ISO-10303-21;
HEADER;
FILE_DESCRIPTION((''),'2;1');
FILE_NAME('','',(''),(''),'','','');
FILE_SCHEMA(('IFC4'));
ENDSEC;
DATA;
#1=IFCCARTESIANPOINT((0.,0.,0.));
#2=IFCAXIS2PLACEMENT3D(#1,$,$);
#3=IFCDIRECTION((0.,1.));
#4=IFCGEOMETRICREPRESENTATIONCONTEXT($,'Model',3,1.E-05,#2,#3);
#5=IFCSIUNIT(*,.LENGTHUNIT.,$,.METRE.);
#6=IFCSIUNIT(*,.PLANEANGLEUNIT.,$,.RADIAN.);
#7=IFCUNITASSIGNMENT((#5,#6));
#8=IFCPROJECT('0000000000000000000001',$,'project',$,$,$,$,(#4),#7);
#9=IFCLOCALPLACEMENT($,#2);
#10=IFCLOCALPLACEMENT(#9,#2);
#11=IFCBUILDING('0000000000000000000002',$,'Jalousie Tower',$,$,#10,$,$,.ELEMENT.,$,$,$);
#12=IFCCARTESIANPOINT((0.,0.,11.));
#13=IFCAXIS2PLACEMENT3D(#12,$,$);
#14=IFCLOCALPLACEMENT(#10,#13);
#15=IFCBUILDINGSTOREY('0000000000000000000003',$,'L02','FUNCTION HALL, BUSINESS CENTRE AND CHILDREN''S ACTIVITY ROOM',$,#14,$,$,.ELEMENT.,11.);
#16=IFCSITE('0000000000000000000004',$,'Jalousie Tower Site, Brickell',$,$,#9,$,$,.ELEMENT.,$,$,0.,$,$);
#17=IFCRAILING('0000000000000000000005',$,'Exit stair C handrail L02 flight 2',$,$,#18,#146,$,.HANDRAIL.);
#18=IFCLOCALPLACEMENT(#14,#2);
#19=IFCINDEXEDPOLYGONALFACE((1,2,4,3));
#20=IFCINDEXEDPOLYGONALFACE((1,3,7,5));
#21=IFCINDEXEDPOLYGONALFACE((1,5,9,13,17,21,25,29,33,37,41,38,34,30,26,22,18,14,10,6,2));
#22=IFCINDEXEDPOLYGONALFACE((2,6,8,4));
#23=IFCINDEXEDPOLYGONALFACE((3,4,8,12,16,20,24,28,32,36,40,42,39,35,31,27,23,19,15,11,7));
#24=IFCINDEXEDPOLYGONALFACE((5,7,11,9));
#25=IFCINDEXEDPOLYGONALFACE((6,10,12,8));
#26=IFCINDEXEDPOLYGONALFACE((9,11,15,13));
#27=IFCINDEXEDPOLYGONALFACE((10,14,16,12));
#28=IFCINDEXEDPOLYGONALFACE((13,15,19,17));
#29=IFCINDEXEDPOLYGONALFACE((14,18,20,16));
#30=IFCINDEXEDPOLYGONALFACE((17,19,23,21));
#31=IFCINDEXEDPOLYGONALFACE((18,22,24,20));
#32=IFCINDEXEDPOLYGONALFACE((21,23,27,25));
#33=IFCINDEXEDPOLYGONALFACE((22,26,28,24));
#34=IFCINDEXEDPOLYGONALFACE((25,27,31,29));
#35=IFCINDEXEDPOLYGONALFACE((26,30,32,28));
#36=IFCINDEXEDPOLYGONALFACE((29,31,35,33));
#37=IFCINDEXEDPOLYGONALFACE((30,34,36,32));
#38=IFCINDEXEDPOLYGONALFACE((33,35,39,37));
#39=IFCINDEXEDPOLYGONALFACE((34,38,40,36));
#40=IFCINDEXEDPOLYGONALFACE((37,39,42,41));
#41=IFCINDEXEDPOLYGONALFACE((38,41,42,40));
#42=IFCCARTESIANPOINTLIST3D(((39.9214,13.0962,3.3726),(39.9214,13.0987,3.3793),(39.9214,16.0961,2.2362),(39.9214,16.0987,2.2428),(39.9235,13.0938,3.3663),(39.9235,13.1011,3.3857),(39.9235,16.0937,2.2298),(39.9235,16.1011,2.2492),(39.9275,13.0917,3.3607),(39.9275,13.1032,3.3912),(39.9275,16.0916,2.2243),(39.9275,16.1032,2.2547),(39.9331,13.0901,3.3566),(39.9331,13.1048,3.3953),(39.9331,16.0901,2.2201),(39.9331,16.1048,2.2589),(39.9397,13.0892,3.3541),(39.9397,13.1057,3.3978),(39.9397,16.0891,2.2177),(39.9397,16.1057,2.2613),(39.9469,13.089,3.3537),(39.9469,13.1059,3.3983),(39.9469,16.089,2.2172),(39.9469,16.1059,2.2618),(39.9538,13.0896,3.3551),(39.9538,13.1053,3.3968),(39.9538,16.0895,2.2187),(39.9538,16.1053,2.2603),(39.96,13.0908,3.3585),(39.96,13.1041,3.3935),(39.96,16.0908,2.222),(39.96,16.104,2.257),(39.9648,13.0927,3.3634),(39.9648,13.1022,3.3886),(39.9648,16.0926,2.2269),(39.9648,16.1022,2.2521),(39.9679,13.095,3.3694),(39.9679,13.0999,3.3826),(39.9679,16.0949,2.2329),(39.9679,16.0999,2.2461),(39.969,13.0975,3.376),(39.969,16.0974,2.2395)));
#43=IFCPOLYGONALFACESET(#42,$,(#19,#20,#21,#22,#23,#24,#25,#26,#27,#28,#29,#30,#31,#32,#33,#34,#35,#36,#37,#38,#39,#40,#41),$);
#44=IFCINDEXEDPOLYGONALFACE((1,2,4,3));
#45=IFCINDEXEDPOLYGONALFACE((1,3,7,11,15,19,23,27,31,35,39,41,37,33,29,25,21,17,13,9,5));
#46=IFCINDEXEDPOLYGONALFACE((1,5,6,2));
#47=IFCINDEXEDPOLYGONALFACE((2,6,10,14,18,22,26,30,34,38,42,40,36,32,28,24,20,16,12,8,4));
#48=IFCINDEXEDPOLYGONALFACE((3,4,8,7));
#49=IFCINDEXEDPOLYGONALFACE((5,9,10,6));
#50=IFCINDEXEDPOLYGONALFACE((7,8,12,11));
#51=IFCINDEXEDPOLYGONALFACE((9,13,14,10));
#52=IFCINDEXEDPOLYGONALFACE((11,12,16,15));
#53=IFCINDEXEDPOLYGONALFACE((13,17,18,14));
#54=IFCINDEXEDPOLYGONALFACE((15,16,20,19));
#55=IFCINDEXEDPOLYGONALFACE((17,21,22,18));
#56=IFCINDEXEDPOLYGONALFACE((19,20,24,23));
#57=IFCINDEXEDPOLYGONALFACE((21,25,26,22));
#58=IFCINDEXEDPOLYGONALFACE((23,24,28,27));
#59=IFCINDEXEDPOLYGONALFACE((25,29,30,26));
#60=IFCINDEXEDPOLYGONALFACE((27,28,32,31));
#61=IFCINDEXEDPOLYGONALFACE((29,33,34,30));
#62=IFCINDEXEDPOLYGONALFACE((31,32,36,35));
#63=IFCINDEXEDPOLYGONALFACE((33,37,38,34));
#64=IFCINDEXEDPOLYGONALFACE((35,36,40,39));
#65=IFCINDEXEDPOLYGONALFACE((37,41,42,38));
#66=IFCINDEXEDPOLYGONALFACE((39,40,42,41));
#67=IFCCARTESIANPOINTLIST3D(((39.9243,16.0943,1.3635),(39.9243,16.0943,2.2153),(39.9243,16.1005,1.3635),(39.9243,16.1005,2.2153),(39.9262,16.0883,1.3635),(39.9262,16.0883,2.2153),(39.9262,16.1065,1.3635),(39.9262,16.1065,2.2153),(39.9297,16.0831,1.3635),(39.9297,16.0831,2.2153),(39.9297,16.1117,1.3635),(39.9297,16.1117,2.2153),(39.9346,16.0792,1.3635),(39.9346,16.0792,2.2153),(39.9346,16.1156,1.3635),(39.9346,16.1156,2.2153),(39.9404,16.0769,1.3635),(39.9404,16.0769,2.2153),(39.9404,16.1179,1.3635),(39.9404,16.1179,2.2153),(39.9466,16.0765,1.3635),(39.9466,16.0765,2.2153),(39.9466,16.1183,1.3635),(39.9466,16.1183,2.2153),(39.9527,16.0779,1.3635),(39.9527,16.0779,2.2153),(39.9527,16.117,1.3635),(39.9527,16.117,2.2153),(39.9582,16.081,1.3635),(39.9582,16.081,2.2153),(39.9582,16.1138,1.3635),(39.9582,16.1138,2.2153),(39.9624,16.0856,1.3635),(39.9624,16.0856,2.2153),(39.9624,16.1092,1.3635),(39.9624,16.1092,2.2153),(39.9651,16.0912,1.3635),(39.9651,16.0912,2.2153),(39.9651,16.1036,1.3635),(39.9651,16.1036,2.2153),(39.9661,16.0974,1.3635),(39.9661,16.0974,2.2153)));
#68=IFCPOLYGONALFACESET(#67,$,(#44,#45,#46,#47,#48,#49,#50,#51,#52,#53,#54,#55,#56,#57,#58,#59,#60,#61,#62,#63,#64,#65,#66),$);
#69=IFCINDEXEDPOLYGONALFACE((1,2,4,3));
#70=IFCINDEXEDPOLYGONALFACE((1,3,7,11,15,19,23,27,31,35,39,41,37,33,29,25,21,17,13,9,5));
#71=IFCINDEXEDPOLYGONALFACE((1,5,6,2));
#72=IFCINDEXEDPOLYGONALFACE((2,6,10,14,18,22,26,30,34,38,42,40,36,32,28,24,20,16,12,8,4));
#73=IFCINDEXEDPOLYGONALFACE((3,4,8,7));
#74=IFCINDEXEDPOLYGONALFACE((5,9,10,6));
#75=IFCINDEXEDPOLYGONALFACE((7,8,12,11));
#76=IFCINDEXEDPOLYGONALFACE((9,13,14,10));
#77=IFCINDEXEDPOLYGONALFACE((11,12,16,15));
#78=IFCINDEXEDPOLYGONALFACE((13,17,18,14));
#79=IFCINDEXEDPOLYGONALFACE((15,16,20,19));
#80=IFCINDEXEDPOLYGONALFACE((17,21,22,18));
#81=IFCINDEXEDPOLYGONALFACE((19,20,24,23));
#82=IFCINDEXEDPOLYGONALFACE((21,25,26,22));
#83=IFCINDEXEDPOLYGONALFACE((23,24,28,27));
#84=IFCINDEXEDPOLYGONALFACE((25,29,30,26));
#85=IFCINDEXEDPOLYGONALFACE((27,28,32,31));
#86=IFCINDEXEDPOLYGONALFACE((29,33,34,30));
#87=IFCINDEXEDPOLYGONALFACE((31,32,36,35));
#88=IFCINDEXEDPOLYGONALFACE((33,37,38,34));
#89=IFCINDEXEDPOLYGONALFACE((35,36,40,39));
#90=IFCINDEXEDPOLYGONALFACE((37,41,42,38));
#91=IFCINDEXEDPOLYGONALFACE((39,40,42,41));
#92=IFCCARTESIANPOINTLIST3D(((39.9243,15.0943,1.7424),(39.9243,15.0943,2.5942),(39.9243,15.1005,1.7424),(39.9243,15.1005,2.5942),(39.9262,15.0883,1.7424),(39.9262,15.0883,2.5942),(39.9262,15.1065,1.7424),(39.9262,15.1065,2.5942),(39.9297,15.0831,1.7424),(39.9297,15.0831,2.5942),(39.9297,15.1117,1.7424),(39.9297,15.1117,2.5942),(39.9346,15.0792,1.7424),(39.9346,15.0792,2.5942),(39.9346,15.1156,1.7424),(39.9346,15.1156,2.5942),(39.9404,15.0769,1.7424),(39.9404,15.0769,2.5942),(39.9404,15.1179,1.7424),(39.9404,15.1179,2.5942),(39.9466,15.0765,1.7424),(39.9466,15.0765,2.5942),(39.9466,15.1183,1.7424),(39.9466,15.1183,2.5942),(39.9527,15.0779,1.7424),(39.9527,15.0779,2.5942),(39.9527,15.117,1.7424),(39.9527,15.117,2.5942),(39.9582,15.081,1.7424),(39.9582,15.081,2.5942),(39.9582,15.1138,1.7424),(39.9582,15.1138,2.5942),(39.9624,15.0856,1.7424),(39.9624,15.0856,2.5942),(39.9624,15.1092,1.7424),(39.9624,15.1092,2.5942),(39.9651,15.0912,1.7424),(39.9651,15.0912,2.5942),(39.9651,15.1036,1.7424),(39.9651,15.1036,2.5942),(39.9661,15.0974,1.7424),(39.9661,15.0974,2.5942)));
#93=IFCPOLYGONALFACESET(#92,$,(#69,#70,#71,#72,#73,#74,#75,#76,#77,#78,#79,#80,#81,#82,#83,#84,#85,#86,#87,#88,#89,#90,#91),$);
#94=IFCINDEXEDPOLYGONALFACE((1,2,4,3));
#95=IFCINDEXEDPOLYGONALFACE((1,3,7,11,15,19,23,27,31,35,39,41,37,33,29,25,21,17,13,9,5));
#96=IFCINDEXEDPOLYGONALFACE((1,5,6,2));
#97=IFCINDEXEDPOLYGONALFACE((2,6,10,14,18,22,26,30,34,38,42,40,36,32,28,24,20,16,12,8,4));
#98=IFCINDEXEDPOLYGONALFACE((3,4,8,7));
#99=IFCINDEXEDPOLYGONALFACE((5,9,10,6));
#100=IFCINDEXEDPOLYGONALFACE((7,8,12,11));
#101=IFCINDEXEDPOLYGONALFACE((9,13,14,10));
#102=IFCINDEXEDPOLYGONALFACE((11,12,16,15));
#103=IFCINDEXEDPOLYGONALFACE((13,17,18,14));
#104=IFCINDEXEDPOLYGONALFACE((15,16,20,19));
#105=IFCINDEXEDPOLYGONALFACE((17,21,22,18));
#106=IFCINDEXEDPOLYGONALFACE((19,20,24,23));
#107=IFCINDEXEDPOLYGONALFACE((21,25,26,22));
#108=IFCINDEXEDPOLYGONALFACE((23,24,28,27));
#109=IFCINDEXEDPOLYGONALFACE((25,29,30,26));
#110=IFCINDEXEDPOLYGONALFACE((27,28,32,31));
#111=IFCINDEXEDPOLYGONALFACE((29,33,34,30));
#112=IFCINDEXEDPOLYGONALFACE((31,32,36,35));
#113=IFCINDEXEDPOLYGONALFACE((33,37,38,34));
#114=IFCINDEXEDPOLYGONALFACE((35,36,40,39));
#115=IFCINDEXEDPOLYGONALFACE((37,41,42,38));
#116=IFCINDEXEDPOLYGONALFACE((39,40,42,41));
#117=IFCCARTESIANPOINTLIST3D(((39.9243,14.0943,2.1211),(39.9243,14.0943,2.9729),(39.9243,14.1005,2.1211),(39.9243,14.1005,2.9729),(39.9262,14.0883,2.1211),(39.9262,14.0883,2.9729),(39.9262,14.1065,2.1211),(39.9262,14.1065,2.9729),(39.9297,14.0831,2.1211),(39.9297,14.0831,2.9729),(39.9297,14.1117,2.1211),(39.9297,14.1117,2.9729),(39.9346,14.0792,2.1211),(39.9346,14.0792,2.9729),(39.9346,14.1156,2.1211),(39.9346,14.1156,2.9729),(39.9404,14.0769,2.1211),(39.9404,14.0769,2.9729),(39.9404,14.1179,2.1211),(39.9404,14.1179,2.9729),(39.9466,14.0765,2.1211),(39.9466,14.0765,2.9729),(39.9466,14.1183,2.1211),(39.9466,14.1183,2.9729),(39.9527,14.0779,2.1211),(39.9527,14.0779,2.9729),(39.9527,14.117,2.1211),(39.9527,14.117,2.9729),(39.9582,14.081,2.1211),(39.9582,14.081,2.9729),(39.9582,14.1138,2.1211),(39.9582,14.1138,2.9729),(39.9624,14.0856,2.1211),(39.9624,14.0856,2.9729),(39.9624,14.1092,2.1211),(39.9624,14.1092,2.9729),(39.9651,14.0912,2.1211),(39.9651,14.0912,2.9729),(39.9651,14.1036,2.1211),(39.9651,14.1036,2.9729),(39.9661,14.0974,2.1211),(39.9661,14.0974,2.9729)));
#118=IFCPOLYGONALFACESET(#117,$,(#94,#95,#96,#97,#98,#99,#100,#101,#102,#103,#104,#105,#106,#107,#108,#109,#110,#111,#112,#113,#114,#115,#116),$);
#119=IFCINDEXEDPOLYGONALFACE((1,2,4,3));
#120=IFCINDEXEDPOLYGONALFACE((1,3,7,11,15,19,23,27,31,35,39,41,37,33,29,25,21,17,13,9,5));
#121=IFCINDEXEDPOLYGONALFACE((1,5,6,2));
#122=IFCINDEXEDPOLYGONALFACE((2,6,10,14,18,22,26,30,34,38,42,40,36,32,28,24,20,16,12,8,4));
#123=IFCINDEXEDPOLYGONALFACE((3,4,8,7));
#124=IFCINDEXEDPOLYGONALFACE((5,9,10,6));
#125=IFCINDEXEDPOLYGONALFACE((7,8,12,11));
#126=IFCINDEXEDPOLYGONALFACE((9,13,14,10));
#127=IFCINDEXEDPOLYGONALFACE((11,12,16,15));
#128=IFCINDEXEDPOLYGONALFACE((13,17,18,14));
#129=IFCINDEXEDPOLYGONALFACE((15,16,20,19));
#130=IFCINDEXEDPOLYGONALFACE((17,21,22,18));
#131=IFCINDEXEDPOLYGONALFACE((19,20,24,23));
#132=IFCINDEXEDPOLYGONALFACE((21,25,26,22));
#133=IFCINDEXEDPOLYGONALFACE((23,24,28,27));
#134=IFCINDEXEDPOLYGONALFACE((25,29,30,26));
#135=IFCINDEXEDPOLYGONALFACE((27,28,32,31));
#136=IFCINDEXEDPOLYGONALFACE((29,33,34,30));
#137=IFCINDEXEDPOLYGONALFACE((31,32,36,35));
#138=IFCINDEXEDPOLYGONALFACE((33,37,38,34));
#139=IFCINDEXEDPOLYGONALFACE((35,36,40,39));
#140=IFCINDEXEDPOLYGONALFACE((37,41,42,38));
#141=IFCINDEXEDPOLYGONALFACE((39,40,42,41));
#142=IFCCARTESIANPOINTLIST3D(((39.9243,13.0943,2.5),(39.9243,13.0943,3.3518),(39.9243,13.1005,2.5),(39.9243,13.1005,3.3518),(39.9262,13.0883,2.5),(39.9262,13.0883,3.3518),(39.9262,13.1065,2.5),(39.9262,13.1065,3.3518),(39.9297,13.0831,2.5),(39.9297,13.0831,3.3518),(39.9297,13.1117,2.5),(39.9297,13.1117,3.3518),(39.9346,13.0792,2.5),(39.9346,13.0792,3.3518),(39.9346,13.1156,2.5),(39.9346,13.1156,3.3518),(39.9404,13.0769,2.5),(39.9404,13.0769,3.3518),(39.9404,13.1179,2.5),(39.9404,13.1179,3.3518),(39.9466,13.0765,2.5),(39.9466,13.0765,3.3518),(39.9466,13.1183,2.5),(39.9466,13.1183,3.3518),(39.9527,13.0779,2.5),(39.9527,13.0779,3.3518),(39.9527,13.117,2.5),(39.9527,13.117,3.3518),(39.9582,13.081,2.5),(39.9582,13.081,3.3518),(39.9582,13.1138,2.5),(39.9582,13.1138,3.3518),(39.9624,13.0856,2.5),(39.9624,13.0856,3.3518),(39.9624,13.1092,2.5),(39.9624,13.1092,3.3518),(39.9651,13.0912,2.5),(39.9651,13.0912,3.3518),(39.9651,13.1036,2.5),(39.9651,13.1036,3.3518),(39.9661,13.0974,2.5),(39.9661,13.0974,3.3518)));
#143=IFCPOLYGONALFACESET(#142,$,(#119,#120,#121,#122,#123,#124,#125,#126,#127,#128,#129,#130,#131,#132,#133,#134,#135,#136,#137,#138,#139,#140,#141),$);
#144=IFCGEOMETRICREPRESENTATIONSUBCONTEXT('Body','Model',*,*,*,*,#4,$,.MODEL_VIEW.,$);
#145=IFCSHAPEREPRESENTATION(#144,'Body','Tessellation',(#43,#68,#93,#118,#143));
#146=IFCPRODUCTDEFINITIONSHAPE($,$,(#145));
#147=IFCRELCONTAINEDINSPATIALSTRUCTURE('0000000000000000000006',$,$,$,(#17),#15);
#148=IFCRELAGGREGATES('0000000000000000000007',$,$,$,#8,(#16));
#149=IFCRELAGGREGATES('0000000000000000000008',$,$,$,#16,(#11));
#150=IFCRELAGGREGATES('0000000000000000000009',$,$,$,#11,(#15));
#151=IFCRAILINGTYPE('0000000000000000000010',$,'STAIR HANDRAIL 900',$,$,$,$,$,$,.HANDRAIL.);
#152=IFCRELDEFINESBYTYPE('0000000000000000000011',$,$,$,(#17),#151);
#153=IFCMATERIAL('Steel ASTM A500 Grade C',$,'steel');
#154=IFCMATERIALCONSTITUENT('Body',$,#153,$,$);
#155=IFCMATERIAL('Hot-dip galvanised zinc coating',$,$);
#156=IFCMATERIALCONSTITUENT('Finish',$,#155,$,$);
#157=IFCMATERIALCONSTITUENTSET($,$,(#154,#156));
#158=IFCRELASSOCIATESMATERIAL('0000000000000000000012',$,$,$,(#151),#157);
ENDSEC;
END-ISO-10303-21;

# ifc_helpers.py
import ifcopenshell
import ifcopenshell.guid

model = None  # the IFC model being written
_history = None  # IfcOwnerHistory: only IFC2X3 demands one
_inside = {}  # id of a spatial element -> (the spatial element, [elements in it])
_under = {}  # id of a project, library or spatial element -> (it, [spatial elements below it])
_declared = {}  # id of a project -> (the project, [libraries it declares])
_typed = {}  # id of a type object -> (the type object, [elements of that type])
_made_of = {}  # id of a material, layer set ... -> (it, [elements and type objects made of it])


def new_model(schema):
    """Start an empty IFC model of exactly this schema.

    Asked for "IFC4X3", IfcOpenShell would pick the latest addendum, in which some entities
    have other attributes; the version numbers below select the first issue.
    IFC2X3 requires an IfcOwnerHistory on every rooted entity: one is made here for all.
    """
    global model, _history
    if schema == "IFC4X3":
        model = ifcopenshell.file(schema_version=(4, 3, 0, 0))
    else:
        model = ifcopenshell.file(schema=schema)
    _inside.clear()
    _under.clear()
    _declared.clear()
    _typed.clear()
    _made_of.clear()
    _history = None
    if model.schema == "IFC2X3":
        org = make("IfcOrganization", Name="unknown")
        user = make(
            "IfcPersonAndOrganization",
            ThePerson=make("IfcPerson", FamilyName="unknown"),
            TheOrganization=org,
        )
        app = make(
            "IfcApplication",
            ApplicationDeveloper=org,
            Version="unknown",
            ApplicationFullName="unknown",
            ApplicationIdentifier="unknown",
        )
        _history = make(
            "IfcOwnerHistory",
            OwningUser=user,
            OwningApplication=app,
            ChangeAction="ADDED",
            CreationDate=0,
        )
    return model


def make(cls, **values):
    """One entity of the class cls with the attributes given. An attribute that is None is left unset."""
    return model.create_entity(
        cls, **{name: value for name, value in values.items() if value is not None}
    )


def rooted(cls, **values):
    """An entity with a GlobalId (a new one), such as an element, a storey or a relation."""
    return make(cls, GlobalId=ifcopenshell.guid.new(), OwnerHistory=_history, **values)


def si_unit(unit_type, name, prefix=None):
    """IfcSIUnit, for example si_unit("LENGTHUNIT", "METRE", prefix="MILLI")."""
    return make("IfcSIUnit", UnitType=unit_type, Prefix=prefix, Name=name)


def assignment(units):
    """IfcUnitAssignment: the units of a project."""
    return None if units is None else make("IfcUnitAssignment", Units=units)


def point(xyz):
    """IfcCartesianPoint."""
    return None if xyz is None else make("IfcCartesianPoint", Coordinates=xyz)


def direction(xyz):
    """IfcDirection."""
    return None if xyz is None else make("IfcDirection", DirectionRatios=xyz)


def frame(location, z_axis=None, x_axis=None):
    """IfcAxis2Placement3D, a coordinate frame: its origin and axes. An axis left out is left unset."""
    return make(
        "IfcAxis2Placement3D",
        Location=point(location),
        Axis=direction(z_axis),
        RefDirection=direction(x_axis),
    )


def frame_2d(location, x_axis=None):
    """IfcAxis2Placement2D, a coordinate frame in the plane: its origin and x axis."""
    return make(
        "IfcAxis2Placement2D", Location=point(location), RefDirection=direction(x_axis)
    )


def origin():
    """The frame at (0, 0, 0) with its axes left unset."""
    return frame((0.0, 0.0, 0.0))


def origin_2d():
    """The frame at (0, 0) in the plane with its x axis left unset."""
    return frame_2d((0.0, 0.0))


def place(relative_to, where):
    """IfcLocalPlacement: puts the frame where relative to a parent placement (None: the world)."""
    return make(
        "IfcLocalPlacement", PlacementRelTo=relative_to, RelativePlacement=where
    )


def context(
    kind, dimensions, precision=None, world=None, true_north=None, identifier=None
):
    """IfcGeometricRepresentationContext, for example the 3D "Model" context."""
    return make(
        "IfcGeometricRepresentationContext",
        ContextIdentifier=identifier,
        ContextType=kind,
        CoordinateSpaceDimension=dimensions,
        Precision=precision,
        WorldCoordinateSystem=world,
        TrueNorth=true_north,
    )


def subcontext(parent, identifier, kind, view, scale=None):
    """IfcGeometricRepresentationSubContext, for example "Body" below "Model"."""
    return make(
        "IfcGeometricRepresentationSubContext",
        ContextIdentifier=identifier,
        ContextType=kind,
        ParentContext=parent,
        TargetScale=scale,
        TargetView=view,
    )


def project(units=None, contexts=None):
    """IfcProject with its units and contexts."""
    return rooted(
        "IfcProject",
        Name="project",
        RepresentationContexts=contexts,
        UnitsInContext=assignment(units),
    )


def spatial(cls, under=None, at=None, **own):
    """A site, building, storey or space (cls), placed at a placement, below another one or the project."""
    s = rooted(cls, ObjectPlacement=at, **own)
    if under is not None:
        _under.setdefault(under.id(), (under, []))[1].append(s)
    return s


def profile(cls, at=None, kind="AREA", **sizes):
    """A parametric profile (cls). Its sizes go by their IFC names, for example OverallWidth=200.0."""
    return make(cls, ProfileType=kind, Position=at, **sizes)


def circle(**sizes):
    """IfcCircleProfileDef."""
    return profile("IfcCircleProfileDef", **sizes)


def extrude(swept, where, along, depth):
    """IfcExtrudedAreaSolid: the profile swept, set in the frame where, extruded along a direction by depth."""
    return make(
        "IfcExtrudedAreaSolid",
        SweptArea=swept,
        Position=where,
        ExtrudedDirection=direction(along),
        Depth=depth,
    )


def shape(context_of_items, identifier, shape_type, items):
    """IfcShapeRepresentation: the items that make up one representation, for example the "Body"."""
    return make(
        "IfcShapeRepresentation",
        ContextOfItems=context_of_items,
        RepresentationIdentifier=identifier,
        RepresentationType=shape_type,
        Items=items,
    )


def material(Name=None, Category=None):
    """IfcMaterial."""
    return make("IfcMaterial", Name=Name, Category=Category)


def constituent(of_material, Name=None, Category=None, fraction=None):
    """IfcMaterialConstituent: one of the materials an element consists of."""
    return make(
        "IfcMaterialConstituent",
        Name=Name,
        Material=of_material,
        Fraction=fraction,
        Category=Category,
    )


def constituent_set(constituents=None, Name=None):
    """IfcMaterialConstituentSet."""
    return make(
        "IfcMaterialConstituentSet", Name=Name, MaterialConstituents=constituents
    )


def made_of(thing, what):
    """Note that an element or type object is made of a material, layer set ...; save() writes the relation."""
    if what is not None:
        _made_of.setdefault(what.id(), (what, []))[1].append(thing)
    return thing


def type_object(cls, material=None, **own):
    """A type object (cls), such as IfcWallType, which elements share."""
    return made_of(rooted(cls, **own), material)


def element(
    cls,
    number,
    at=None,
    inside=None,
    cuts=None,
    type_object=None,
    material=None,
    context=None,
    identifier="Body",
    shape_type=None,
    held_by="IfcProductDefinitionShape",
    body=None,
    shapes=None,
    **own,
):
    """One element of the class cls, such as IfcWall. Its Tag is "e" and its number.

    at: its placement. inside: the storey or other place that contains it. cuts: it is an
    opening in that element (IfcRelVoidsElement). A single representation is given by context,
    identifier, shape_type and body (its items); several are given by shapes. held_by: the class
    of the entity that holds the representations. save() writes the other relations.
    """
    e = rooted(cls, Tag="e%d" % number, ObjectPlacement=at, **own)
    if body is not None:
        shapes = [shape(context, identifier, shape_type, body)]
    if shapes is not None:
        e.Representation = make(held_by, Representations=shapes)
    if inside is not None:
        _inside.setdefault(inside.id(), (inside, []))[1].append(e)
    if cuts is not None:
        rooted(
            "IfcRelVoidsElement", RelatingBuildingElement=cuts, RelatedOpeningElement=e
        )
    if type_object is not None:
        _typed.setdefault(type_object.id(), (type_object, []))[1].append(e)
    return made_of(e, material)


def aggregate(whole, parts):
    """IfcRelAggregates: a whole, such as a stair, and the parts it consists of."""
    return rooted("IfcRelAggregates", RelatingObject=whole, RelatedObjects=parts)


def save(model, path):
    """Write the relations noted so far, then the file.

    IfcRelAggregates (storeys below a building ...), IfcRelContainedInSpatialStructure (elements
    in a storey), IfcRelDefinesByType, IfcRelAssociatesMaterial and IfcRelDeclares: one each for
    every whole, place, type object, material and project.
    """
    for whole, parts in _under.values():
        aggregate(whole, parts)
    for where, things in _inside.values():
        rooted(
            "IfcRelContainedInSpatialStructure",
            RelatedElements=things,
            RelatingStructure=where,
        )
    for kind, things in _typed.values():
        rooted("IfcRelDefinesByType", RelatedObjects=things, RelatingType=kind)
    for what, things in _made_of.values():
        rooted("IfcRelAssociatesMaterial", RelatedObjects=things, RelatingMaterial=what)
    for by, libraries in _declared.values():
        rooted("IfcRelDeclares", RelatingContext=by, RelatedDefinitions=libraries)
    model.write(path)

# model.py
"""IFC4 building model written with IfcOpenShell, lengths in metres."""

from ifc_helpers import new_model, si_unit, direction, frame, origin, origin_2d, place, context, subcontext, project, spatial, circle, extrude, material, constituent, constituent_set, type_object, element, save


model = new_model("IFC4")

# Units and contexts
model_context = context("Model", 3, precision=1e-05, world=origin(), true_north=direction((0.0, 1.0)))
body_context = subcontext(model_context, "Body", "Model", "MODEL_VIEW")
ifc_project = project(units=[si_unit("LENGTHUNIT", "METRE"), si_unit("PLANEANGLEUNIT", "RADIAN")], contexts=[model_context])

# Site, building, storey
site_placement = place(None, origin())
site = spatial("IfcSite", under=ifc_project, at=site_placement, Name="Jalousie Tower Site, Brickell", CompositionType="ELEMENT", RefElevation=0.0)
building_placement = place(site_placement, origin())
building = spatial("IfcBuilding", under=site, at=building_placement, Name="Jalousie Tower", CompositionType="ELEMENT")
storey_placement = place(building_placement, frame((0.0, 0.0, 11.0)))
storey = spatial("IfcBuildingStorey", under=building, at=storey_placement, Name="L02", Description="FUNCTION HALL, BUSINESS CENTRE AND CHILDREN'S ACTIVITY ROOM", CompositionType="ELEMENT", Elevation=11.0)

# Railing
ifc_material_1 = material(Name="Steel ASTM A500 Grade C", Category="steel")
ifc_constituent_1 = constituent(ifc_material_1, Name="Body")
ifc_material_2 = material(Name="Hot-dip galvanised zinc coating")
ifc_constituent_2 = constituent(ifc_material_2, Name="Finish")
ifc_constituent_set_1 = constituent_set(constituents=[ifc_constituent_1, ifc_constituent_2])
railing_type_1 = type_object("IfcRailingType", Name="STAIR HANDRAIL 900", PredefinedType="HANDRAIL", material=ifc_constituent_set_1)
for number, where, name in (
    (1, (39.9451, 16.0974, 1.3635), "Exit stair C handrail L02 flight 2"),
):
    element("IfcRailing", number, at=place(storey_placement, frame(where)), inside=storey, type_object=railing_type_1, Name=name, PredefinedType="HANDRAIL", context=body_context, shape_type="SweptSolid", body=[
        extrude(circle(Radius=0.0239, at=origin_2d()), frame((0.0, 0.0, 0.876), z_axis=(0.0, -0.935148, 0.354257), x_axis=(1.0, 0.0, 0.0)), (0.0, 0.0, 1.0), 3.208),
        extrude(circle(Radius=0.021, at=origin_2d()), origin(), (0.0, 0.0, 1.0), 0.8518),
        extrude(circle(Radius=0.021, at=origin_2d()), frame((0.0, -1.0, 0.3789)), (0.0, 0.0, 1.0), 0.8518),
        extrude(circle(Radius=0.021, at=origin_2d()), frame((0.0, -2.0, 0.7576)), (0.0, 0.0, 1.0), 0.8518),
        extrude(circle(Radius=0.021, at=origin_2d()), frame((0.0, -3.0, 1.1365)), (0.0, 0.0, 1.0), 0.8518),
    ])

save(model, "model.ifc")
